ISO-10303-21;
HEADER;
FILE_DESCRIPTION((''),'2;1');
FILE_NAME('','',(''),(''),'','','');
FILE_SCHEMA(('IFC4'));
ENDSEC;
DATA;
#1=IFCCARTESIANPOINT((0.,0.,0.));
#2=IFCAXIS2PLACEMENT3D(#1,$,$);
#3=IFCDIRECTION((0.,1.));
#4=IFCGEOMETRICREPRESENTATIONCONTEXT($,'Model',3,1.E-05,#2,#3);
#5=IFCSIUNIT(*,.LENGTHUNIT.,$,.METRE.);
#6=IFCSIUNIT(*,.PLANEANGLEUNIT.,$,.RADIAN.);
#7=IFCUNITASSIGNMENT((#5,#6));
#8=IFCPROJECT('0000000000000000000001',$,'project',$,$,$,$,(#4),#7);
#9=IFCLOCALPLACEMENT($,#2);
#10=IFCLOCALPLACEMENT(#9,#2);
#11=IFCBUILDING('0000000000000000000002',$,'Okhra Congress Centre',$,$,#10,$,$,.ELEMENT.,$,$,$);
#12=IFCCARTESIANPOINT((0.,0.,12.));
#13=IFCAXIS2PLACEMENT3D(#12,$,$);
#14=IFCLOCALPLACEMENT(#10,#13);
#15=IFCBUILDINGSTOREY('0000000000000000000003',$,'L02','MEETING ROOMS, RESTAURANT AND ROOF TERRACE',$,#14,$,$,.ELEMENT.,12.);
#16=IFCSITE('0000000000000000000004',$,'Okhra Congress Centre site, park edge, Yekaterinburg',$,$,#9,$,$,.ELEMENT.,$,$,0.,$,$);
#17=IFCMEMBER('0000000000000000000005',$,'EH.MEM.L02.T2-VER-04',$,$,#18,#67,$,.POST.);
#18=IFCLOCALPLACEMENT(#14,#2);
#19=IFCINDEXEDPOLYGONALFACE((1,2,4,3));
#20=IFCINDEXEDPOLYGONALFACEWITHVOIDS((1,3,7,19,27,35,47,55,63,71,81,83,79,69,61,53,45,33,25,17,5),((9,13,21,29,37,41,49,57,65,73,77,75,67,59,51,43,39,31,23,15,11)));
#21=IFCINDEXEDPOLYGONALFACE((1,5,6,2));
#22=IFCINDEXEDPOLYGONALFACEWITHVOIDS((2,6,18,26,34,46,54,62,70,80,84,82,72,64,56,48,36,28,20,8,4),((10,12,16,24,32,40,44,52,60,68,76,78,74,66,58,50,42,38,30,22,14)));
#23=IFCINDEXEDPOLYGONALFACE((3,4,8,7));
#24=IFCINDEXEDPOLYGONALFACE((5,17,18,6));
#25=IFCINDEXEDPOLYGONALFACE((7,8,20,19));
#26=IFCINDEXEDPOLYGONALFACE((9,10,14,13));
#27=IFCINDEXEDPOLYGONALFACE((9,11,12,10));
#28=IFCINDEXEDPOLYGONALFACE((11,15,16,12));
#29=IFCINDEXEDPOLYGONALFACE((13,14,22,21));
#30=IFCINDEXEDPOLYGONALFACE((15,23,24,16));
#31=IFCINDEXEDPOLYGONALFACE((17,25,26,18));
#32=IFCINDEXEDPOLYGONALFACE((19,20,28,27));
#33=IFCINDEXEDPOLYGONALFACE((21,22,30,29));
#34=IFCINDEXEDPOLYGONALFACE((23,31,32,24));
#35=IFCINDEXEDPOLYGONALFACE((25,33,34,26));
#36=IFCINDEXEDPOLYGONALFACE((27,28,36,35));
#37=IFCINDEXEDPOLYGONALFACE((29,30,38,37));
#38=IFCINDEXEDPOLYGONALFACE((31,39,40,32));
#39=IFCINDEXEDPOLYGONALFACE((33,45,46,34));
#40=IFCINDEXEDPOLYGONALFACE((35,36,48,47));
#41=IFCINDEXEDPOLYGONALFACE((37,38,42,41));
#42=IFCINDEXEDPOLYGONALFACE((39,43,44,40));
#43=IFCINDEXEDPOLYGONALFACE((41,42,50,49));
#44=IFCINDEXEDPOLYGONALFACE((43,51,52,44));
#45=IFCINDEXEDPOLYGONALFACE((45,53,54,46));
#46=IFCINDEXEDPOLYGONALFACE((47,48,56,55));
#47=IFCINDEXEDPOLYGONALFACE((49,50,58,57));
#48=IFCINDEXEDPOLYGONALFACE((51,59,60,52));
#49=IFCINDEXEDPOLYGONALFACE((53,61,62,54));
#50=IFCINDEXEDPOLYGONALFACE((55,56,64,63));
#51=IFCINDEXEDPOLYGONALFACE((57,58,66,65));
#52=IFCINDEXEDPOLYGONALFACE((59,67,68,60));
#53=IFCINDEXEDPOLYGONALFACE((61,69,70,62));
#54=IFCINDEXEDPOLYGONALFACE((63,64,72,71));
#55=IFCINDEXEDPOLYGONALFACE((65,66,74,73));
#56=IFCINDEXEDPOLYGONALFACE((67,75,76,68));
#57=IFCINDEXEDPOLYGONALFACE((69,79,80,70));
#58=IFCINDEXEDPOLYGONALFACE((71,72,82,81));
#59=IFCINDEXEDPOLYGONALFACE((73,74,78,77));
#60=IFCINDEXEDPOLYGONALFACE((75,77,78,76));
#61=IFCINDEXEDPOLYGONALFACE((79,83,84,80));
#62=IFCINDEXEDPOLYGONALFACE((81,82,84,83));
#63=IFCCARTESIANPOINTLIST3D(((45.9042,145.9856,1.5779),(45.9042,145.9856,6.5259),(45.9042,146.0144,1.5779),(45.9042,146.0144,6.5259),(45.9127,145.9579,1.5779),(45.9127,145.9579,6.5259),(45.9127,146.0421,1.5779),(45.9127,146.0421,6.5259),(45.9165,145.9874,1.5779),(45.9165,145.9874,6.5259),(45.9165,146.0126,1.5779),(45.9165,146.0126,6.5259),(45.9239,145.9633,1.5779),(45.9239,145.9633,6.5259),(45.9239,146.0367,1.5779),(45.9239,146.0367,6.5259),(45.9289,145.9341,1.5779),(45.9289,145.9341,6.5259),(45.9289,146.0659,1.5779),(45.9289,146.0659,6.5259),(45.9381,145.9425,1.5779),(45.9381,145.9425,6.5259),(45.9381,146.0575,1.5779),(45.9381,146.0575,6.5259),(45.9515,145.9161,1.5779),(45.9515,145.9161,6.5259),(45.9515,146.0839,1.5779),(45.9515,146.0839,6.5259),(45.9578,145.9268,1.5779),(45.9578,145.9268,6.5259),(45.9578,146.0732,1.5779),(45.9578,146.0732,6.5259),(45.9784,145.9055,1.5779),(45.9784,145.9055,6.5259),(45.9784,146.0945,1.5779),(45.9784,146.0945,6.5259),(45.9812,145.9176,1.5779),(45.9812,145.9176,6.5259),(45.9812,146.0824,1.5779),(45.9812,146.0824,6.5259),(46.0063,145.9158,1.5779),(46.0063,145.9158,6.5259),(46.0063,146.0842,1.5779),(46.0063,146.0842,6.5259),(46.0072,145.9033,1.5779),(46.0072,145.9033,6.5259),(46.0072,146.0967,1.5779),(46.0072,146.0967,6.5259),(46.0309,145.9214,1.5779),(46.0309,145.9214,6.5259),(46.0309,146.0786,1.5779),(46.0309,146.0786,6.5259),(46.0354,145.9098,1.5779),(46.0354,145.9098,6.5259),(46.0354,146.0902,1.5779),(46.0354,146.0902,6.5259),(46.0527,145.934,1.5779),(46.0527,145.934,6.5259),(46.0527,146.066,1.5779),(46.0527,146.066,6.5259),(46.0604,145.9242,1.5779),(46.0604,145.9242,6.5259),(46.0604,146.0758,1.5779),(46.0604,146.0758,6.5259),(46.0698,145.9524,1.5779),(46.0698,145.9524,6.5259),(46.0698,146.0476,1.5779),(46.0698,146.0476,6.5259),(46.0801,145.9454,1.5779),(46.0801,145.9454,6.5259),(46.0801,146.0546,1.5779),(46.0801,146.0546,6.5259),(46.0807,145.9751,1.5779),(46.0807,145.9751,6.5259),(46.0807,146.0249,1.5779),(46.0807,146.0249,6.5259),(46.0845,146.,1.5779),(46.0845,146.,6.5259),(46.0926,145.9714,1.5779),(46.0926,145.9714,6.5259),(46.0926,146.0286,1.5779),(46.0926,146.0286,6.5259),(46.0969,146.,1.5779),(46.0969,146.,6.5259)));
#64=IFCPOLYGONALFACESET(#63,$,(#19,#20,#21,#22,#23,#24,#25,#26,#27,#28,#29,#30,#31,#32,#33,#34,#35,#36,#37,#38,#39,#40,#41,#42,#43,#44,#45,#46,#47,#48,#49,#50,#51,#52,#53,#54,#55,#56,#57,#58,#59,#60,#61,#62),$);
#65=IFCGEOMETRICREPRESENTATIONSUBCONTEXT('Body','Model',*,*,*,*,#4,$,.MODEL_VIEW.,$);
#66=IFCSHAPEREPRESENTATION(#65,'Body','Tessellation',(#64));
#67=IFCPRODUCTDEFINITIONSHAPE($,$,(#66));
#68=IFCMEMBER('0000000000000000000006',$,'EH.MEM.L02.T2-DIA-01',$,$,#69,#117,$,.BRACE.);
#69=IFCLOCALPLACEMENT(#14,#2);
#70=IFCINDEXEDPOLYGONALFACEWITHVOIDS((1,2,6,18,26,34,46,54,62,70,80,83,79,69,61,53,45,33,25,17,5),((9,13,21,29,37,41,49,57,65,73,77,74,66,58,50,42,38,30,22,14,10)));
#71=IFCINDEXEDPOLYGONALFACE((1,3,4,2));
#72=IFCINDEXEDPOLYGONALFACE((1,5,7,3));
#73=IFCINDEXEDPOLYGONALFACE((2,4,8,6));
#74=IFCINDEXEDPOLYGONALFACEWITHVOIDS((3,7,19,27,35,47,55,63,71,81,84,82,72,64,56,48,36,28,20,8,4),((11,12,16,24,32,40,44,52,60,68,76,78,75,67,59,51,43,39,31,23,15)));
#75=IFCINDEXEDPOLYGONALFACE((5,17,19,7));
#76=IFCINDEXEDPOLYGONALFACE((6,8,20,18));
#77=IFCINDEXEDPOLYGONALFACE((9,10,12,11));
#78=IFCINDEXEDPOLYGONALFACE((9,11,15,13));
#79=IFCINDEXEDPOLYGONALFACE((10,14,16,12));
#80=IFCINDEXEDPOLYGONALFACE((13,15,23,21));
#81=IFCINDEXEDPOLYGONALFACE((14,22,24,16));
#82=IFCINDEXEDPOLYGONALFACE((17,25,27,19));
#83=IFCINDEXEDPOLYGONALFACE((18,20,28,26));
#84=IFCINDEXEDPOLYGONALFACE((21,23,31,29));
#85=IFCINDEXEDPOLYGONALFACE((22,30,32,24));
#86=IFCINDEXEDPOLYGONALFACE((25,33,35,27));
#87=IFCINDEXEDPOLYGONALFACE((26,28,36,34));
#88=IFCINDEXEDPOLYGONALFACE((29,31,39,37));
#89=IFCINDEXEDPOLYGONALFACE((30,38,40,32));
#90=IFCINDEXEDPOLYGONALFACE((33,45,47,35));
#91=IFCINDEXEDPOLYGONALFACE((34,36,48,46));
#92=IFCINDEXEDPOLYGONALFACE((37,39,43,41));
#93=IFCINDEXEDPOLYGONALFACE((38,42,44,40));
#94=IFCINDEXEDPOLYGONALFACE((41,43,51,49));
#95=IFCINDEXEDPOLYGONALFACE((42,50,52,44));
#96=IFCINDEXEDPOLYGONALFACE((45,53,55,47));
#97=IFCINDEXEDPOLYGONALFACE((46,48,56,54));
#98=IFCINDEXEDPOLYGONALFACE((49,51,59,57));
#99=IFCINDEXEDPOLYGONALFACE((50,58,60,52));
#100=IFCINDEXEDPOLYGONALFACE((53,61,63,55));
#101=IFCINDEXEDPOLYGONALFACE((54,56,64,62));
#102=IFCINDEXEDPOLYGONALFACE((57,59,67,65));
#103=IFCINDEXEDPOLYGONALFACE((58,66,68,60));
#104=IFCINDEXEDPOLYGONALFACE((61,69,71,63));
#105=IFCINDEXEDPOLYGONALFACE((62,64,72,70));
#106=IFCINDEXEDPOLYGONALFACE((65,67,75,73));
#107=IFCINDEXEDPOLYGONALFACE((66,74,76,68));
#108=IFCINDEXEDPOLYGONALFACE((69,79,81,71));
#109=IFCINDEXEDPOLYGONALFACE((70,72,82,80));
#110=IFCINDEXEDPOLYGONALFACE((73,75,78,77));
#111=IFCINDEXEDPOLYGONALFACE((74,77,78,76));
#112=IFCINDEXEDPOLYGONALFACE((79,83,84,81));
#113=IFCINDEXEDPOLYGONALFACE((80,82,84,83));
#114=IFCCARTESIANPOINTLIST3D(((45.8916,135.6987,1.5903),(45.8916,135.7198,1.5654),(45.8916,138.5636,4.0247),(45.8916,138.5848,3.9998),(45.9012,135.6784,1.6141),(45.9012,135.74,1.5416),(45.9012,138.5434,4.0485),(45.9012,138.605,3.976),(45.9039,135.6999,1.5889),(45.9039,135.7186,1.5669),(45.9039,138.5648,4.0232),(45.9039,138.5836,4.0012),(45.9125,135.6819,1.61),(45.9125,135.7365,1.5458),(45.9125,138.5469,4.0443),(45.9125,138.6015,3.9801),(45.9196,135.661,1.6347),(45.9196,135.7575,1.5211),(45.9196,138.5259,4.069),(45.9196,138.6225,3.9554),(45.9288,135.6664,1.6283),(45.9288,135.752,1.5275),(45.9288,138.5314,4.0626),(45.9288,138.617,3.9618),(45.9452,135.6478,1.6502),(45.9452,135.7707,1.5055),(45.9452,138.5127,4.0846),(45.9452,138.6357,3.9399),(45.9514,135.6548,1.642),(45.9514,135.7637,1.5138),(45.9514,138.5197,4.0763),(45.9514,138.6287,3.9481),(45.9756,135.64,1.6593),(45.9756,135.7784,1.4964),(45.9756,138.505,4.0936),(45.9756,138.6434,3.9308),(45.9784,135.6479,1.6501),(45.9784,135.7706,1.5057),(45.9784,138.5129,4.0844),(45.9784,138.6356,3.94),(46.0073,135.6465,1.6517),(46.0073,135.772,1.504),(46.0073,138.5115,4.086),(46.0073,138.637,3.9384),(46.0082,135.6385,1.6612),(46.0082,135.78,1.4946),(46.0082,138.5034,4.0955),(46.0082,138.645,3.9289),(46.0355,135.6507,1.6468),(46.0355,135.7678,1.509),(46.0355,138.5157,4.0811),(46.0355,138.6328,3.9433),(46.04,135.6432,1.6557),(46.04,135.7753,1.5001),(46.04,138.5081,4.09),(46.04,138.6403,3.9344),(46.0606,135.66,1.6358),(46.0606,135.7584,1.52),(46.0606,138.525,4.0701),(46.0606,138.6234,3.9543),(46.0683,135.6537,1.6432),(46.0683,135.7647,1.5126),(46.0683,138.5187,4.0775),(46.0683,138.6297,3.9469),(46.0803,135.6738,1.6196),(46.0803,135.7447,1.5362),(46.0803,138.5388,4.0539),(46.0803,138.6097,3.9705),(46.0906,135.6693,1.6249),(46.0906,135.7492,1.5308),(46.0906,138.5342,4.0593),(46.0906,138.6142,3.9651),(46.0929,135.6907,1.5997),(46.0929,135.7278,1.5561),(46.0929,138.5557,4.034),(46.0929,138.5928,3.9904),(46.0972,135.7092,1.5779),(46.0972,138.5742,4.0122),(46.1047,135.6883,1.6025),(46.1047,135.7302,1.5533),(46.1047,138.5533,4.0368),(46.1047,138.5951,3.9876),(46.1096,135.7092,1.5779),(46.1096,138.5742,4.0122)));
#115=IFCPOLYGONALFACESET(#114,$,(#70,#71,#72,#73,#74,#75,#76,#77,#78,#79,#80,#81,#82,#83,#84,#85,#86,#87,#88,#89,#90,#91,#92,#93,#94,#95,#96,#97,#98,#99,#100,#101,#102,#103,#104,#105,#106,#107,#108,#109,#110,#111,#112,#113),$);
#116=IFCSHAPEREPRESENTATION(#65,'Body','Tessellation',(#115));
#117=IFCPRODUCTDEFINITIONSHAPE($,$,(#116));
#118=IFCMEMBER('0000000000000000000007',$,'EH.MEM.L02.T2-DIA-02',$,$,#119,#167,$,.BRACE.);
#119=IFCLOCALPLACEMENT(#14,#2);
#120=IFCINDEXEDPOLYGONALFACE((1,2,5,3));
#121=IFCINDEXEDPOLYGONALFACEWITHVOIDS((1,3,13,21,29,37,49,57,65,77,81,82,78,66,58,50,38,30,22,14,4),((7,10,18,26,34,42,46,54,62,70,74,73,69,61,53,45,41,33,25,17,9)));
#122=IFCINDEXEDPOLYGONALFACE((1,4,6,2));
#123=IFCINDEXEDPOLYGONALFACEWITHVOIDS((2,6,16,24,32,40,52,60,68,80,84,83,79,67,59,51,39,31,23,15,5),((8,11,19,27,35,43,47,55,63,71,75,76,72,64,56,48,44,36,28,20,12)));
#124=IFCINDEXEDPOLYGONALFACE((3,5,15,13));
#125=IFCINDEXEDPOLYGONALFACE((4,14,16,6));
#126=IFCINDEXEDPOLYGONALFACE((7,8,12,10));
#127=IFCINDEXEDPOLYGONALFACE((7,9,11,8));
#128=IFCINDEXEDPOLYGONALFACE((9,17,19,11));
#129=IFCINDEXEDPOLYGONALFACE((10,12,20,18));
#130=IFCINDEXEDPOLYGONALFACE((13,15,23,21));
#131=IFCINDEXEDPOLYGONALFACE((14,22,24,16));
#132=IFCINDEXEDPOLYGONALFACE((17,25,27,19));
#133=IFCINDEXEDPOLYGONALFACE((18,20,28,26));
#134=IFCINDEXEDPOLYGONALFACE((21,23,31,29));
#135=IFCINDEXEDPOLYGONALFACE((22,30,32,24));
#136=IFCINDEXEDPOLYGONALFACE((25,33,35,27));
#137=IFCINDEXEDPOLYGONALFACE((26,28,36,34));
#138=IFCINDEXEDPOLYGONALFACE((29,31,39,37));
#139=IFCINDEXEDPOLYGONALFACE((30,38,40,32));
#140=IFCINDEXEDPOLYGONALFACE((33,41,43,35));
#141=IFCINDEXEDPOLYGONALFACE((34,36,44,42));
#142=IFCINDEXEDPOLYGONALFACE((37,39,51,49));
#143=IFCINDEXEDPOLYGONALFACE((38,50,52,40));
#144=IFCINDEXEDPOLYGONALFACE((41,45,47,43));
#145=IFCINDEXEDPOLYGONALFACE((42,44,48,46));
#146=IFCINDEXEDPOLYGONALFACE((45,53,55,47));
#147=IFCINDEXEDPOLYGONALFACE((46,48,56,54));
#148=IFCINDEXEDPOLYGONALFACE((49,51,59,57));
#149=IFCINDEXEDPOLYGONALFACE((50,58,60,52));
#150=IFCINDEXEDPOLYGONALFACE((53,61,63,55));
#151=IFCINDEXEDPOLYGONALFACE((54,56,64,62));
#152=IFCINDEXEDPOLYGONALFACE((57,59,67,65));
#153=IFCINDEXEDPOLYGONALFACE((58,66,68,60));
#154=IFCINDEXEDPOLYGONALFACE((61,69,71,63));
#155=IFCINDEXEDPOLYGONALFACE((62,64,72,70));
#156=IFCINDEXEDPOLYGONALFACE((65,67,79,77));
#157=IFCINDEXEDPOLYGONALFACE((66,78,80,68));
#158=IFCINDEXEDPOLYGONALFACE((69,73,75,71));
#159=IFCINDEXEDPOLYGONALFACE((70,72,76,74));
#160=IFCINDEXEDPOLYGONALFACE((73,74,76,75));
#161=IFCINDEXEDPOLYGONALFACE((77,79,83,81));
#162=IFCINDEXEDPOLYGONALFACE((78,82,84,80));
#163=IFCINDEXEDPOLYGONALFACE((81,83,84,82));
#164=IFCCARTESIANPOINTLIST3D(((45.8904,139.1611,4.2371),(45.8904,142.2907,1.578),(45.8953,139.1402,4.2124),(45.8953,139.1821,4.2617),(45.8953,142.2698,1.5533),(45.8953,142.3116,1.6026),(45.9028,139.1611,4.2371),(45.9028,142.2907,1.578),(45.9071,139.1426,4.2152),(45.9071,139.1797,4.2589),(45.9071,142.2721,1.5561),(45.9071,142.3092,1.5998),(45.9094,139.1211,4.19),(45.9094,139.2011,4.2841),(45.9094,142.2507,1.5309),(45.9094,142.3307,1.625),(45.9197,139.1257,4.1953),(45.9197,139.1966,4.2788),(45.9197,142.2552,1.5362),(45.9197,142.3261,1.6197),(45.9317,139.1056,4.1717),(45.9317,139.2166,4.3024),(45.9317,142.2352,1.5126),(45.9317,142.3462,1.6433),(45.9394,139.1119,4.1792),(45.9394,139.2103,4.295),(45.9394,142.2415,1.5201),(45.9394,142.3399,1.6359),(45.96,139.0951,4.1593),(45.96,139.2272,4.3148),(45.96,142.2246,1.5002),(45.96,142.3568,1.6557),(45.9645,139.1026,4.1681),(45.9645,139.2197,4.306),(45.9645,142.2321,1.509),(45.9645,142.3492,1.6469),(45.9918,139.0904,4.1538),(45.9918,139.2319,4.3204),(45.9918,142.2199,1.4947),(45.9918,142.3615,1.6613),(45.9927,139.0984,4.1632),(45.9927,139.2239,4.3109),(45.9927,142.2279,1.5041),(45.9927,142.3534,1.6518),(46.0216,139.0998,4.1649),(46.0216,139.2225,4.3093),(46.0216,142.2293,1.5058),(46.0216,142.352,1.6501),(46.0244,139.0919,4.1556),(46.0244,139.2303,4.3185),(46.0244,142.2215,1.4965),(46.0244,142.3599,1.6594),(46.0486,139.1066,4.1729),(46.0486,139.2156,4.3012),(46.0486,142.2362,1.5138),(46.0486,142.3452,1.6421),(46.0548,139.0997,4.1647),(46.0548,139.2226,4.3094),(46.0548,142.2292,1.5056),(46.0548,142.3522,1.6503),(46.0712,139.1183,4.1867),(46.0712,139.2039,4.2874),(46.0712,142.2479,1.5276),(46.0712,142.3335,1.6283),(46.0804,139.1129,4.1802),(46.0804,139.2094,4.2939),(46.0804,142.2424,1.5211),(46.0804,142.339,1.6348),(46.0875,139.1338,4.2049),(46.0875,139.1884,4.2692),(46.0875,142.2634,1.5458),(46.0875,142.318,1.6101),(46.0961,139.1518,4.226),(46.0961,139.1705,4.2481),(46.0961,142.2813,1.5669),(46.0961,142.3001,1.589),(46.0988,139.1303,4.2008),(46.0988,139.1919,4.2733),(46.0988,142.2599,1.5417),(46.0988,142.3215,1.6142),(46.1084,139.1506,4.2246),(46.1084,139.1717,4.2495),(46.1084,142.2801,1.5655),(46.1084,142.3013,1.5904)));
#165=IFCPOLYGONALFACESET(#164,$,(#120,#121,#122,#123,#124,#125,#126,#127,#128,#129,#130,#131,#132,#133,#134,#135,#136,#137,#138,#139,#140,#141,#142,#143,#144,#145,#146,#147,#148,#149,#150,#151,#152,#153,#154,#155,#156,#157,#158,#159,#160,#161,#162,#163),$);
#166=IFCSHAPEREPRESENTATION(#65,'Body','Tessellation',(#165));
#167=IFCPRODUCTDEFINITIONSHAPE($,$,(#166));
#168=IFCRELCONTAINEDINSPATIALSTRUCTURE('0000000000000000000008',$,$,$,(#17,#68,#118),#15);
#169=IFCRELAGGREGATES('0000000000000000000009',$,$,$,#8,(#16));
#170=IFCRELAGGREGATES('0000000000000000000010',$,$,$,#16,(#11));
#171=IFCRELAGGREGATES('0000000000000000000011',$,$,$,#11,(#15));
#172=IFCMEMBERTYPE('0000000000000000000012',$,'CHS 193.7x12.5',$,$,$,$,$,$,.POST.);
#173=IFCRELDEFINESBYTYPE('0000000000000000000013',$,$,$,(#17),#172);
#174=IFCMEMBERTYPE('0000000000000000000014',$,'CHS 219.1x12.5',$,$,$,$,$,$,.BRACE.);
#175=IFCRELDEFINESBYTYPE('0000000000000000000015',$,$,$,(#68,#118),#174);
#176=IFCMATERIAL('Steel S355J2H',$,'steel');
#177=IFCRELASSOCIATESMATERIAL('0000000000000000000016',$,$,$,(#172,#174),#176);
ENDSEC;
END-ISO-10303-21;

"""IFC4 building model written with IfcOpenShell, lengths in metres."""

from ifc_helpers import new_model, si_unit, direction, frame, origin, origin_2d, place, context, subcontext, project, spatial, hollow_circle, extrude, material, material_profile, profile_set, type_object, element, save


model = new_model("IFC4")

# Units and contexts
model_context = context("Model", 3, precision=1e-05, world=origin(), true_north=direction((0.0, 1.0)))
body_context = subcontext(model_context, "Body", "Model", "MODEL_VIEW")
ifc_project = project(units=[si_unit("LENGTHUNIT", "METRE"), si_unit("PLANEANGLEUNIT", "RADIAN")], contexts=[model_context])

# Site, building, storey
site_placement = place(None, origin())
site = spatial("IfcSite", under=ifc_project, at=site_placement, Name="Okhra Congress Centre site, park edge, Yekaterinburg", CompositionType="ELEMENT", RefElevation=0.0)
building_placement = place(site_placement, origin())
building = spatial("IfcBuilding", under=site, at=building_placement, Name="Okhra Congress Centre", CompositionType="ELEMENT")
storey_placement = place(building_placement, frame((0.0, 0.0, 12.0)))
storey = spatial("IfcBuildingStorey", under=building, at=storey_placement, Name="L02", Description="MEETING ROOMS, RESTAURANT AND ROOF TERRACE", CompositionType="ELEMENT", Elevation=12.0)

# Members
ifc_material_1 = material(Name="Steel S355J2H", Category="steel")
ifc_material_profile_1 = material_profile(ifc_material_1, hollow_circle(Radius=0.0969, WallThickness=0.0125, at=origin_2d()), Name="CHS 193.7x12.5")
ifc_profile_set_1 = profile_set([ifc_material_profile_1], Name="Steel S355J2H")
member_type_1 = type_object("IfcMemberType", Name="CHS 193.7x12.5", PredefinedType="POST", material=ifc_profile_set_1)
member_1_placement = place(storey_placement, frame((46.0, 146.0, 1.5779), z_axis=(0.0, 0.0, 1.0), x_axis=(1.0, 0.0, 0.0)))
element("IfcMember", 1, at=member_1_placement, inside=storey, type_object=member_type_1, Name="EH.MEM.L02.T2-VER-04", PredefinedType="POST", context=body_context, shape_type="SweptSolid", body=[
    extrude(hollow_circle(Radius=0.0969, WallThickness=0.0125, at=origin_2d()), origin(), (0.0, 0.0, 1.0), 4.948),
])
ifc_material_profile_2 = material_profile(ifc_material_1, hollow_circle(Radius=0.1096, WallThickness=0.0125, at=origin_2d()), Name="CHS 219.1x12.5")
ifc_profile_set_2 = profile_set([ifc_material_profile_2], Name="Steel S355J2H")
member_type_2 = type_object("IfcMemberType", Name="CHS 219.1x12.5", PredefinedType="BRACE", material=ifc_profile_set_2)
member_2_placement = place(storey_placement, frame((46.0, 138.5742, 4.0122), z_axis=(0.0, -0.762059, -0.647507), x_axis=(1.0, 0.0, 0.0)))
element("IfcMember", 2, at=member_2_placement, inside=storey, type_object=member_type_2, Name="EH.MEM.L02.T2-DIA-01", PredefinedType="BRACE", context=body_context, shape_type="SweptSolid", body=[
    extrude(hollow_circle(Radius=0.1096, WallThickness=0.0125, at=origin_2d()), origin(), (0.0, 0.0, 1.0), 3.7595),
])
member_3_placement = place(storey_placement, frame((46.0, 139.1611, 4.2371), z_axis=(0.0, 0.762061, -0.647505), x_axis=(-1.0, 0.0, 0.0)))
element("IfcMember", 3, at=member_3_placement, inside=storey, type_object=member_type_2, Name="EH.MEM.L02.T2-DIA-02", PredefinedType="BRACE", context=body_context, shape_type="SweptSolid", body=[
    extrude(hollow_circle(Radius=0.1096, WallThickness=0.0125, at=origin_2d()), origin(), (0.0, 0.0, 1.0), 4.1067),
])

save(model, "model.ifc")
